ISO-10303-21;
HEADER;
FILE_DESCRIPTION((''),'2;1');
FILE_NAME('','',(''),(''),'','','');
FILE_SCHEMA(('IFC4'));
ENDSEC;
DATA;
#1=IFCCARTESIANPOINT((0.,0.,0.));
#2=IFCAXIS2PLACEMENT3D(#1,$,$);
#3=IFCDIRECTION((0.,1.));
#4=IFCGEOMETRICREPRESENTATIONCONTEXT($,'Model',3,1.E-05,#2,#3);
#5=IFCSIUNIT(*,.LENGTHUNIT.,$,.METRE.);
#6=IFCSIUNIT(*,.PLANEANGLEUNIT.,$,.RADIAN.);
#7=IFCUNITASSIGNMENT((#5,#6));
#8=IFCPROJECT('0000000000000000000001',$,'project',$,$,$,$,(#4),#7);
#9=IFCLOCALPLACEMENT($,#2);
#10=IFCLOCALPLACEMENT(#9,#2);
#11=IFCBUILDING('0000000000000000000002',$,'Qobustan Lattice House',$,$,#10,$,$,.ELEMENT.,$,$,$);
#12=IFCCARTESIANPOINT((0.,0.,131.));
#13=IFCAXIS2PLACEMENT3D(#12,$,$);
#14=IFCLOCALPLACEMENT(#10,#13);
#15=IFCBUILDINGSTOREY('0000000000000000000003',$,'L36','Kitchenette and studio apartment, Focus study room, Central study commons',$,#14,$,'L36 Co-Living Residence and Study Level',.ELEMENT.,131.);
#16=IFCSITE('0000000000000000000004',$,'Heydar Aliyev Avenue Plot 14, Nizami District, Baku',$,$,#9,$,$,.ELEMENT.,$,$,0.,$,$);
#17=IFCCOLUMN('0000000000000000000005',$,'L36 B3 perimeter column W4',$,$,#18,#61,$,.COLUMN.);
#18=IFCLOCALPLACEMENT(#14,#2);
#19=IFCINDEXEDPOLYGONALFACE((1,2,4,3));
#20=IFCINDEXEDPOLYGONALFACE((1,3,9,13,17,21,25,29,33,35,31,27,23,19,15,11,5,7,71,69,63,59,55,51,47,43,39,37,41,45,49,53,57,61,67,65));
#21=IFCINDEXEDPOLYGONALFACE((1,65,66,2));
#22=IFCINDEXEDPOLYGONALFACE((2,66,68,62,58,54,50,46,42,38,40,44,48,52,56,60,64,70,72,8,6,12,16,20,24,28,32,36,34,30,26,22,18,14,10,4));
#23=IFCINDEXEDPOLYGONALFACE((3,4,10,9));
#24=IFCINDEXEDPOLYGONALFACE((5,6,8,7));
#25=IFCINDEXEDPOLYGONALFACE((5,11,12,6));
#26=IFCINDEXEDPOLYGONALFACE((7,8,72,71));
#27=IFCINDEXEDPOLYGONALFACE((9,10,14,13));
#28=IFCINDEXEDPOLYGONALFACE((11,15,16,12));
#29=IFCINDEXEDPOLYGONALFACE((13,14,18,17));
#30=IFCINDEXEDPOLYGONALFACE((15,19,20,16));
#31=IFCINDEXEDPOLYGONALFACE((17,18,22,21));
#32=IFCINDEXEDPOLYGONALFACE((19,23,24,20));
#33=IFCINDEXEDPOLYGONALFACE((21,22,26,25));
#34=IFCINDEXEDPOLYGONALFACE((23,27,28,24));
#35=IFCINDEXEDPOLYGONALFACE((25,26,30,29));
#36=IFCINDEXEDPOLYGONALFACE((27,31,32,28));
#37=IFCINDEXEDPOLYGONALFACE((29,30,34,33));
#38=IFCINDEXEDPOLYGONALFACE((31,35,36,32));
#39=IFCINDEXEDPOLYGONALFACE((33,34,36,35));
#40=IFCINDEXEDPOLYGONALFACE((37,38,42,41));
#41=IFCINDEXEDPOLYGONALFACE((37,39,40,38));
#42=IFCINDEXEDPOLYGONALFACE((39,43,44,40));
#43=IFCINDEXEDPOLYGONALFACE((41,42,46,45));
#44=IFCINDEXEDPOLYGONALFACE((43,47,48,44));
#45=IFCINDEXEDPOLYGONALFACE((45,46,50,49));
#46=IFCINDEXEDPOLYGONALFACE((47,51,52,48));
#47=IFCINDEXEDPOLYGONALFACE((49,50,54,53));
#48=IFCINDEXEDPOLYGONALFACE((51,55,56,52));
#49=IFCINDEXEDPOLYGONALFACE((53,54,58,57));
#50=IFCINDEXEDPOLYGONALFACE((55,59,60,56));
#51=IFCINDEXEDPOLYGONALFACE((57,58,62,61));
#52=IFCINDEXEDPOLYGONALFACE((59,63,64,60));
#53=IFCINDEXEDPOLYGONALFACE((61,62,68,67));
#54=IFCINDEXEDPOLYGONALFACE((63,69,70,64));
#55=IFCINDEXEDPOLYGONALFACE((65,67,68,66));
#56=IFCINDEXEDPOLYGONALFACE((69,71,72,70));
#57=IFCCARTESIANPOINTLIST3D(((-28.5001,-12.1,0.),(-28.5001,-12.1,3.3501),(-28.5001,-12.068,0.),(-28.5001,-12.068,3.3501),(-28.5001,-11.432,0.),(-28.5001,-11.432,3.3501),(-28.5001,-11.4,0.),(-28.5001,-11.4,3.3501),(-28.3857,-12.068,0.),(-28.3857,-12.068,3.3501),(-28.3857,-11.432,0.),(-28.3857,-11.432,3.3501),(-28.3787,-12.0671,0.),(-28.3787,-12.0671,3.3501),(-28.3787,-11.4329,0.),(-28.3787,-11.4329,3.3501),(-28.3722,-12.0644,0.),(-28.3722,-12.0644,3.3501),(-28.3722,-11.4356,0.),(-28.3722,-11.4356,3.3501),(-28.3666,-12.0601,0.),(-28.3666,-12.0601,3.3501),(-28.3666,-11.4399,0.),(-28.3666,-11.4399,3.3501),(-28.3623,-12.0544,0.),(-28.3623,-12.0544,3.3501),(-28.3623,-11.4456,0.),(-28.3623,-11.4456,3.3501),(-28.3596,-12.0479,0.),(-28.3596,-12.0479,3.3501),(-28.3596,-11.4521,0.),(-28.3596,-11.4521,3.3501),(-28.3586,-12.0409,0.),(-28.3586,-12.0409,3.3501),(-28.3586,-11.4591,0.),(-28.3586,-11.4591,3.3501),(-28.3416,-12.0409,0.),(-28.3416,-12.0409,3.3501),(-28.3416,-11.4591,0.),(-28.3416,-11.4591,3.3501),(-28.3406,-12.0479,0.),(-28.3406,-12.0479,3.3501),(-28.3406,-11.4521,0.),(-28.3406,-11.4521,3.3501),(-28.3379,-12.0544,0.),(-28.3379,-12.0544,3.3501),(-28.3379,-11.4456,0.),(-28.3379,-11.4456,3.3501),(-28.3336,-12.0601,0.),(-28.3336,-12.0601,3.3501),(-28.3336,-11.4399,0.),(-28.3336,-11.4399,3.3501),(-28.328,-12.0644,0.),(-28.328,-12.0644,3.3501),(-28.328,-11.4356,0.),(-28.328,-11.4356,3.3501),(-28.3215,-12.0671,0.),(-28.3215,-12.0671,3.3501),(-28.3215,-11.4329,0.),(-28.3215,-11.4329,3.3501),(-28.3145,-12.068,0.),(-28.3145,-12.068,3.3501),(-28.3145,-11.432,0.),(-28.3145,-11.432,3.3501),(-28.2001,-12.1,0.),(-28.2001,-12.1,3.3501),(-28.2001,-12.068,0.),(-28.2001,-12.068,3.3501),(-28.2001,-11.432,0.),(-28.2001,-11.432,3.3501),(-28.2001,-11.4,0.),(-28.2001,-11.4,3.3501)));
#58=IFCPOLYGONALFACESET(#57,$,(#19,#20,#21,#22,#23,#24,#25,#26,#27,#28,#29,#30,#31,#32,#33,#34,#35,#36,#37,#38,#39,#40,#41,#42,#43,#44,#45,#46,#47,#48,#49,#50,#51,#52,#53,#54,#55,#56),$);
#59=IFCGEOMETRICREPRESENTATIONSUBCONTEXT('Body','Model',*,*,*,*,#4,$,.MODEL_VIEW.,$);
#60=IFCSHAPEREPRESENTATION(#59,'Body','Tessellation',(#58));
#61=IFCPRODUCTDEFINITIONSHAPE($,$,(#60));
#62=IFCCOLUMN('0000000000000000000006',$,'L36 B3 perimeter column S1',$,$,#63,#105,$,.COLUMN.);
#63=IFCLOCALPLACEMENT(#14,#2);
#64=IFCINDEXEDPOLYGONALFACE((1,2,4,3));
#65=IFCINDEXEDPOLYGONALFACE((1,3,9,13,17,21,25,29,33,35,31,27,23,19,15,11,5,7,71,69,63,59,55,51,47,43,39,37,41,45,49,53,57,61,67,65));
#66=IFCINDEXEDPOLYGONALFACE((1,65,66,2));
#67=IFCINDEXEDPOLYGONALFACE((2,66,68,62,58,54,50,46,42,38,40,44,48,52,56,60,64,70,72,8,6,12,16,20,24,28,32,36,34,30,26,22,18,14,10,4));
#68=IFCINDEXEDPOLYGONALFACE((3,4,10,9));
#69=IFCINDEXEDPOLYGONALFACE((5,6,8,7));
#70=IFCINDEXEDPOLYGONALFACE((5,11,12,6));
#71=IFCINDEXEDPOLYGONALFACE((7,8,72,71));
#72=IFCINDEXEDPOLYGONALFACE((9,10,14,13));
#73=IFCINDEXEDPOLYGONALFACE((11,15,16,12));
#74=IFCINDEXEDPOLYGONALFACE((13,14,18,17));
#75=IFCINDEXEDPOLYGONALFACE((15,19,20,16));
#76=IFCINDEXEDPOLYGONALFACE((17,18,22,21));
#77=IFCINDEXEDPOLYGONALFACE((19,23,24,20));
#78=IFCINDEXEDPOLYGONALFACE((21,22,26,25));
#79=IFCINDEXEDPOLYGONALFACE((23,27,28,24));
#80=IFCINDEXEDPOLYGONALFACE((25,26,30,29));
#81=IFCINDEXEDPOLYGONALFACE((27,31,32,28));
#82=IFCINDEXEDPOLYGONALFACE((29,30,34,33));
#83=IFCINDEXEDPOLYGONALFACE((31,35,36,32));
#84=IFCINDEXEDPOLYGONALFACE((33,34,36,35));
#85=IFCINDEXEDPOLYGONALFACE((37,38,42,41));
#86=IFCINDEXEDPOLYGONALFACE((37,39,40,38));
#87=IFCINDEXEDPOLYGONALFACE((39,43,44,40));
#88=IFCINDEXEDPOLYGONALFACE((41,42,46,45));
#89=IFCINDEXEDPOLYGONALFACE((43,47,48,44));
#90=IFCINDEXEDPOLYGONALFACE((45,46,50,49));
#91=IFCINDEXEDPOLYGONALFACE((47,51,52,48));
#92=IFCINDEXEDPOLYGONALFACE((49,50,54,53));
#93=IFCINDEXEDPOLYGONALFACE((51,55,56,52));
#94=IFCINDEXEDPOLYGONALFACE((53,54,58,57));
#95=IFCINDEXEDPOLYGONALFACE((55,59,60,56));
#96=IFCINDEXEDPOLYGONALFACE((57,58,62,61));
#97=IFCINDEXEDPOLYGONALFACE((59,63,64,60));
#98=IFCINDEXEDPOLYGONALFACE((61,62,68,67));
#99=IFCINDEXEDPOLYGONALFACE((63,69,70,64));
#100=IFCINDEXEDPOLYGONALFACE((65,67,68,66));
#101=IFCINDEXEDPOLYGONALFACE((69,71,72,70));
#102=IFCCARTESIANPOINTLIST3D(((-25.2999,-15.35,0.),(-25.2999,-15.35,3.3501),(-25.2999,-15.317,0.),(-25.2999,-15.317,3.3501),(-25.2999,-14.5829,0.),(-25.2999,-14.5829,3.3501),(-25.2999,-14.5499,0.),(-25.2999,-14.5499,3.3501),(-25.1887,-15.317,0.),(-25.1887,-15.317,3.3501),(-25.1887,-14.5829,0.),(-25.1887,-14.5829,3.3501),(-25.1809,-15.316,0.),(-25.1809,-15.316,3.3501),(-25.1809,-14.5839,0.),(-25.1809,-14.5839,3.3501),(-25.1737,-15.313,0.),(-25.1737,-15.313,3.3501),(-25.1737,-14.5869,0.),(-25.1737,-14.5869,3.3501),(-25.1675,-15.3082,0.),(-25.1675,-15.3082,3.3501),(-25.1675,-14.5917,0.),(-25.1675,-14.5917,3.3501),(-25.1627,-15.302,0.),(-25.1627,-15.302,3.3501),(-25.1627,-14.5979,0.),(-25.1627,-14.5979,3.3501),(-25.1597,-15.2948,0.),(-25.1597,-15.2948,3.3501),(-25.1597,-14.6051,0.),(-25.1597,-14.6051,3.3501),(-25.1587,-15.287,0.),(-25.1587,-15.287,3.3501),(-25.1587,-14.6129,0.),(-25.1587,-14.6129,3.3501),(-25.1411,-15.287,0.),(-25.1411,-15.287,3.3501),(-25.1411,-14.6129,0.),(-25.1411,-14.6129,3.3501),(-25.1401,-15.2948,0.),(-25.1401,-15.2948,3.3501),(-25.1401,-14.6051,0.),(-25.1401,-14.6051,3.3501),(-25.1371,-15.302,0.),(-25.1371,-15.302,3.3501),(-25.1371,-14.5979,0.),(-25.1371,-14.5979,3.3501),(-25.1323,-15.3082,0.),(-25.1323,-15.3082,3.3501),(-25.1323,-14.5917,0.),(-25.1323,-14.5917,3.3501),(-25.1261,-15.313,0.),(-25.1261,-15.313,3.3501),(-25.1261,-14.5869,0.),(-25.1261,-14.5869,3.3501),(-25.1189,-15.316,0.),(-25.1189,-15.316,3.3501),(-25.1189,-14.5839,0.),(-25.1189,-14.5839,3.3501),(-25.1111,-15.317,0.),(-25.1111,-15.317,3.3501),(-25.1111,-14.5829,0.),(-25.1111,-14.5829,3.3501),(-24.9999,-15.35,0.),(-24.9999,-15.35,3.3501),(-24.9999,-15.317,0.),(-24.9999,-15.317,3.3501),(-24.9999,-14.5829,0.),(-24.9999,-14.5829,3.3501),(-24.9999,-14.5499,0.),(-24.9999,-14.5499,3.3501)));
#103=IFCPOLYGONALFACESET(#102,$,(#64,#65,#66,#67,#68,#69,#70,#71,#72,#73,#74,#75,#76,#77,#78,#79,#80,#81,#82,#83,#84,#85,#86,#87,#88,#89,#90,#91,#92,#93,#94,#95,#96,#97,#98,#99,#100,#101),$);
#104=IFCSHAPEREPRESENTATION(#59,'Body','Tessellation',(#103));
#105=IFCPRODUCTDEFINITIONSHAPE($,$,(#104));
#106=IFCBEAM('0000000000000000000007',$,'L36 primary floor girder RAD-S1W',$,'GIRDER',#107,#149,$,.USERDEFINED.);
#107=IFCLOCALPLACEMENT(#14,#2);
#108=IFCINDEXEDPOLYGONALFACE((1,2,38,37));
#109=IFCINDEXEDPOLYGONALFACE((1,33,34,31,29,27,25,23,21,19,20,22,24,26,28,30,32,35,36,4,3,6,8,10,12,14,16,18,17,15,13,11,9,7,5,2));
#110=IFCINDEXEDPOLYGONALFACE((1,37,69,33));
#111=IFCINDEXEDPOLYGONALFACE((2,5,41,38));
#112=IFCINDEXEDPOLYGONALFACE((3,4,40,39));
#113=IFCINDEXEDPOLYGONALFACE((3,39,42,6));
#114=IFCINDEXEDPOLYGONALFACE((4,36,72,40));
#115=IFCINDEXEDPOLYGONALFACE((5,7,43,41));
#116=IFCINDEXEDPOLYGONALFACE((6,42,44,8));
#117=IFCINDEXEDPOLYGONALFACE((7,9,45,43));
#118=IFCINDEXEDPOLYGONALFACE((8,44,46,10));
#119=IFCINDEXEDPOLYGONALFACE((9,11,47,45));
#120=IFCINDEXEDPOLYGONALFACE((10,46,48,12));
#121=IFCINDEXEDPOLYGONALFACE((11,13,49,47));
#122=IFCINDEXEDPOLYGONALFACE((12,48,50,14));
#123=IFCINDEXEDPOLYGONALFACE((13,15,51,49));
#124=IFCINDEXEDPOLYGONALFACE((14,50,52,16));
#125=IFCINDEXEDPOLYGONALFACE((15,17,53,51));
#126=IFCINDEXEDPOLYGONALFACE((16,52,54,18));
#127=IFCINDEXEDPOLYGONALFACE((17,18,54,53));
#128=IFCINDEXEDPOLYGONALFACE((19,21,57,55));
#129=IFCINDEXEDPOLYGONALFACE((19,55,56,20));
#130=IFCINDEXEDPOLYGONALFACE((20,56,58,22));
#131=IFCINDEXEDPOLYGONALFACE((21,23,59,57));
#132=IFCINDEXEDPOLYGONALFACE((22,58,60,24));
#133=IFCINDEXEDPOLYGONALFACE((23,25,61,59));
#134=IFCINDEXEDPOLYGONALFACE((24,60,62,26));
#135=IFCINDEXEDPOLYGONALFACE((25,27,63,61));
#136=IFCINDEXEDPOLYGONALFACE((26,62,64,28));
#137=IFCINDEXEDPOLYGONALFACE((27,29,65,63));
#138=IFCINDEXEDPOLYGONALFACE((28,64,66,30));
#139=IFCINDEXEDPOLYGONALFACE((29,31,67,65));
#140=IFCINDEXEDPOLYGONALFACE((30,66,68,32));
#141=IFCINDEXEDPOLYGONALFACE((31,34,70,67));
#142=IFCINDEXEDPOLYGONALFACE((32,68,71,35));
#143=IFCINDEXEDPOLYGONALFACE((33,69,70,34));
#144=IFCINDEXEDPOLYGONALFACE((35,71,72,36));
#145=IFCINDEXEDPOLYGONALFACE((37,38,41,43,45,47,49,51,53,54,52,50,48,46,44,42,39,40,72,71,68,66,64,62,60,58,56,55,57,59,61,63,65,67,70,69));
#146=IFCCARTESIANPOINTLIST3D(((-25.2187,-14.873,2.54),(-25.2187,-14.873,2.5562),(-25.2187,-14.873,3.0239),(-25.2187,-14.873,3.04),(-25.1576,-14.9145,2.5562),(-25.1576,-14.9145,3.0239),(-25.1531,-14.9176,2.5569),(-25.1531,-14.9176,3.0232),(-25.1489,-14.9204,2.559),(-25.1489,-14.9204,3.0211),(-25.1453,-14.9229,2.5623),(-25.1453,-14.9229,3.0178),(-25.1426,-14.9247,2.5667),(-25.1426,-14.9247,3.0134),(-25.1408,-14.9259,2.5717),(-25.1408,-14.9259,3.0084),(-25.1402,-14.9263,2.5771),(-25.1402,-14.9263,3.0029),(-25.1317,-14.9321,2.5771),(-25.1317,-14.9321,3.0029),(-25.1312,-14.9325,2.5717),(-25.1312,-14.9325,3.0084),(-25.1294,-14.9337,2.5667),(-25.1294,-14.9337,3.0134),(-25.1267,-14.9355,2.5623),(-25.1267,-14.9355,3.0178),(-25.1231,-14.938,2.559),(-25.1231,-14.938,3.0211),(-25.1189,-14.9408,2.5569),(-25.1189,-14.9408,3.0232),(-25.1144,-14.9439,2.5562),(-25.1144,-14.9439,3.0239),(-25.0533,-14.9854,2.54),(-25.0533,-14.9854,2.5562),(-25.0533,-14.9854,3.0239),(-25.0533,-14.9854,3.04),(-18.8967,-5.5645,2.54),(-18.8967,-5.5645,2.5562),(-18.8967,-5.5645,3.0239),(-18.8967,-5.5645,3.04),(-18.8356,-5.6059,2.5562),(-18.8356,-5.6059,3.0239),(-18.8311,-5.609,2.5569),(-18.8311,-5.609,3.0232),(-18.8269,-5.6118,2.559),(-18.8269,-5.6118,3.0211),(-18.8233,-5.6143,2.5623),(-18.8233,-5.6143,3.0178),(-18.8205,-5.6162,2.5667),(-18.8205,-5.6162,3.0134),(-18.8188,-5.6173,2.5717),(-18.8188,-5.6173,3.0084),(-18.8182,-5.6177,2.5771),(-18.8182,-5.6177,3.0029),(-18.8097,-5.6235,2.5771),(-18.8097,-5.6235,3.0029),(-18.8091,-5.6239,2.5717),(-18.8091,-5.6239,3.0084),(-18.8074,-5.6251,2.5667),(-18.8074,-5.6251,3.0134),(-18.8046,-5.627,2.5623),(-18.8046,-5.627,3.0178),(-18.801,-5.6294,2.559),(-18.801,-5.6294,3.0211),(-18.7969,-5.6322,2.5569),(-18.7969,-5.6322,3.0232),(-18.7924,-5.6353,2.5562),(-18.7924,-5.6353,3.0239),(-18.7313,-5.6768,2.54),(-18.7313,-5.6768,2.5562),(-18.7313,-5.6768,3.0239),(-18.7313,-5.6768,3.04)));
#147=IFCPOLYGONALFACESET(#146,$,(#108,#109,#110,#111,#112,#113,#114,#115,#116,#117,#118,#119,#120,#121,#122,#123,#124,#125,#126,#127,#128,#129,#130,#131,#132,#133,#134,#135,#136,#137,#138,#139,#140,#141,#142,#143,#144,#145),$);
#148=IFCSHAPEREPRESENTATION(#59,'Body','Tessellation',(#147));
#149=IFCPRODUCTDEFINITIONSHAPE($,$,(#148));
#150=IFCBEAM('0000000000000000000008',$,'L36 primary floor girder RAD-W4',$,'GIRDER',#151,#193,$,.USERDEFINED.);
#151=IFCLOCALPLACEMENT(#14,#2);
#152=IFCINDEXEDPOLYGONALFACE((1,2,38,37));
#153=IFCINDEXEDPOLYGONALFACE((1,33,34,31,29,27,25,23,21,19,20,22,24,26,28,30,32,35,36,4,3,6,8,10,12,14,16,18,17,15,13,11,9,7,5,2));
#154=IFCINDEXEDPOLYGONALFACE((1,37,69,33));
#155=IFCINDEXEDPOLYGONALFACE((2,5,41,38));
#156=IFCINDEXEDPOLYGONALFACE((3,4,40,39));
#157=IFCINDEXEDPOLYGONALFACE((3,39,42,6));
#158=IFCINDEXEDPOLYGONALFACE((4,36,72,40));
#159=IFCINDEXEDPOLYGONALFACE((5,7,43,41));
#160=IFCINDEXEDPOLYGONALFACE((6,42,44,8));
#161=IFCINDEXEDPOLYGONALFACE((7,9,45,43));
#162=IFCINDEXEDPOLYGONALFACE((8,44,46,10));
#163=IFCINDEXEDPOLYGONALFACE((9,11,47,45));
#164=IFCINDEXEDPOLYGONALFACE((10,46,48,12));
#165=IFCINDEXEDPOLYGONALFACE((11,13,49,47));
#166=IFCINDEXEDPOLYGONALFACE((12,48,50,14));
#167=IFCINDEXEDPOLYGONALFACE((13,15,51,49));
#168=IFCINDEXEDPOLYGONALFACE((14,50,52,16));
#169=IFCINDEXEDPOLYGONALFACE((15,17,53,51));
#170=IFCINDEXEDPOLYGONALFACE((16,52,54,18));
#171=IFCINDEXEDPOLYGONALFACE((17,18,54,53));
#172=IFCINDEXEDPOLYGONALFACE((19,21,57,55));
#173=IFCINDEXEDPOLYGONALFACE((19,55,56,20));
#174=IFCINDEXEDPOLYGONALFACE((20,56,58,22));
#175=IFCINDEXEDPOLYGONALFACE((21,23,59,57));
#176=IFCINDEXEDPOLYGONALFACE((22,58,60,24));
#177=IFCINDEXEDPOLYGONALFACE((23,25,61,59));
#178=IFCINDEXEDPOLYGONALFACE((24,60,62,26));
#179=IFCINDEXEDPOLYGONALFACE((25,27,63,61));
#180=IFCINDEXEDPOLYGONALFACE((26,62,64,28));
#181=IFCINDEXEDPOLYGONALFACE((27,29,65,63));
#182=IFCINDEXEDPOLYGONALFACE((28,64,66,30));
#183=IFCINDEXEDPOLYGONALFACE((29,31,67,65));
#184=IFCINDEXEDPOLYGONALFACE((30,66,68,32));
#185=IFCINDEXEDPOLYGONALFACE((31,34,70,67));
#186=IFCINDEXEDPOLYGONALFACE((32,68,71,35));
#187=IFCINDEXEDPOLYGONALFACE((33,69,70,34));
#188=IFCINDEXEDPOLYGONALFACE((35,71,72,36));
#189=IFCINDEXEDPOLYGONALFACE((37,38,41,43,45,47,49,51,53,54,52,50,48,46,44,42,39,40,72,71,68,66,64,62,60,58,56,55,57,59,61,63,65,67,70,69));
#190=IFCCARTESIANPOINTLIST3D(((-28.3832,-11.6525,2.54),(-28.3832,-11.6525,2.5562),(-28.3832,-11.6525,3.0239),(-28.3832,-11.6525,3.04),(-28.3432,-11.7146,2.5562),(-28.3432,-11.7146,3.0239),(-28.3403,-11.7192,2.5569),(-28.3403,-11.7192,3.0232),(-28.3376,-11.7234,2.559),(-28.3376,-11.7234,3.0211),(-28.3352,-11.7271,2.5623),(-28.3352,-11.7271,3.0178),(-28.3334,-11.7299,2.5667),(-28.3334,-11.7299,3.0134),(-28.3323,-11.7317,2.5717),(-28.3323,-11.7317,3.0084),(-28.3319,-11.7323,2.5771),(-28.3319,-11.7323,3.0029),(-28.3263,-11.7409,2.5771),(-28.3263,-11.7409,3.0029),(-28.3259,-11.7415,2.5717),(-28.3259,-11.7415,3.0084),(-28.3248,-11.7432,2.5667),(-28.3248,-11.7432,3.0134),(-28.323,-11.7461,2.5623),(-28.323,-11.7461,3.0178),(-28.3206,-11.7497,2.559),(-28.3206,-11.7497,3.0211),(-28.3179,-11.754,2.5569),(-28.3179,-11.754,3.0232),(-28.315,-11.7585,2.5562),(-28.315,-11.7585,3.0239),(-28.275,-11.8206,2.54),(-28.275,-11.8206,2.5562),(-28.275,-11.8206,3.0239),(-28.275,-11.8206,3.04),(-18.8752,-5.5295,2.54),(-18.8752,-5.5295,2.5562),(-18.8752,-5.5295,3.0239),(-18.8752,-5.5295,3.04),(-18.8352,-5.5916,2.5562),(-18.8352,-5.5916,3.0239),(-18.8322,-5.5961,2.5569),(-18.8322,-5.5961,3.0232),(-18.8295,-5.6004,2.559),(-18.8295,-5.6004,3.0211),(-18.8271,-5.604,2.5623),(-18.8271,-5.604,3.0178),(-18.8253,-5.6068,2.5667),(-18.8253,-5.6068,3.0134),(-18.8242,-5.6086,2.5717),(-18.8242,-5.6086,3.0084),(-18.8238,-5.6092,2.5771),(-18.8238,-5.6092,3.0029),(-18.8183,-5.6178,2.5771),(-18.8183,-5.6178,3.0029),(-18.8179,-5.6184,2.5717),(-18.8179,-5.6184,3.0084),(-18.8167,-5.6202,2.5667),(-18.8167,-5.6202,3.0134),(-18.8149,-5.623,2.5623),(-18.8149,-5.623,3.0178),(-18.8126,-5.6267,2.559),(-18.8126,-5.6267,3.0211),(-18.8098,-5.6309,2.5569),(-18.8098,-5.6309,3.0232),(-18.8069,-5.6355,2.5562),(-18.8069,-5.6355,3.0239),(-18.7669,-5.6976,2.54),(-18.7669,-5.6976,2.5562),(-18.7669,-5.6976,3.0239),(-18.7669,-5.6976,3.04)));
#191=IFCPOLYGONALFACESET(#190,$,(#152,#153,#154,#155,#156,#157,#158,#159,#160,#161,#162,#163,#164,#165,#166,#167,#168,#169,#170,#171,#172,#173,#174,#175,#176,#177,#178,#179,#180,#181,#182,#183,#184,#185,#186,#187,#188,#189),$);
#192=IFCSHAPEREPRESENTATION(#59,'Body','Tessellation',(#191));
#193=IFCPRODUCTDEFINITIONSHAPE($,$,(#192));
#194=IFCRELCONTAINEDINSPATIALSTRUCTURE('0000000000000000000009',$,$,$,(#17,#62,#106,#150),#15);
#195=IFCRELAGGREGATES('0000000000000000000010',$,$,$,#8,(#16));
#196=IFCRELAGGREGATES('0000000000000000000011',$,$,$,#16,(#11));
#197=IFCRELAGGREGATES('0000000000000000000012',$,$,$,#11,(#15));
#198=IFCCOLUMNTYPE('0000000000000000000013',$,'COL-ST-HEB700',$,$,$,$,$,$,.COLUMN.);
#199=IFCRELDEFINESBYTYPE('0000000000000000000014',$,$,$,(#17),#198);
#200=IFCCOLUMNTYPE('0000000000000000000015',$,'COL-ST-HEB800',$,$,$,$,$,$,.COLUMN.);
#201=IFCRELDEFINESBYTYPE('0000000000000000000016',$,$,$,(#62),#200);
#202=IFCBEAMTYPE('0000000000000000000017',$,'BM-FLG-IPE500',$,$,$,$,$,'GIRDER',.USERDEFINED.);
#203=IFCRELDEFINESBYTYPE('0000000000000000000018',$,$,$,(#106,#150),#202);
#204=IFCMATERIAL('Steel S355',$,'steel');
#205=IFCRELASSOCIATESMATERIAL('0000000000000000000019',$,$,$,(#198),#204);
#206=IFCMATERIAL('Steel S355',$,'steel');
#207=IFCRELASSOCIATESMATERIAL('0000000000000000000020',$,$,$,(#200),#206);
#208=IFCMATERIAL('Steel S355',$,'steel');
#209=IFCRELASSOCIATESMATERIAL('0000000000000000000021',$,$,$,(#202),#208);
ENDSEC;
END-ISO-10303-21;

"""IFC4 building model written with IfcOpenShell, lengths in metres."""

from ifc_helpers import new_model, si_unit, direction, frame, origin, origin_2d, place, context, subcontext, project, spatial, i_section, extrude, material, material_profile, profile_set, type_object, element, save


model = new_model("IFC4")

# Units and contexts
model_context = context("Model", 3, precision=1e-05, world=origin(), true_north=direction((0.0, 1.0)))
body_context = subcontext(model_context, "Body", "Model", "MODEL_VIEW")
ifc_project = project(units=[si_unit("LENGTHUNIT", "METRE"), si_unit("PLANEANGLEUNIT", "RADIAN")], contexts=[model_context])

# Site, building, storey
site_placement = place(None, origin())
site = spatial("IfcSite", under=ifc_project, at=site_placement, Name="Heydar Aliyev Avenue Plot 14, Nizami District, Baku", CompositionType="ELEMENT", RefElevation=0.0)
building_placement = place(site_placement, origin())
building = spatial("IfcBuilding", under=site, at=building_placement, Name="Qobustan Lattice House", CompositionType="ELEMENT")
storey_placement = place(building_placement, frame((0.0, 0.0, 131.0)))
storey = spatial("IfcBuildingStorey", under=building, at=storey_placement, Name="L36", Description="Kitchenette and studio apartment, Focus study room, Central study commons", LongName="L36 Co-Living Residence and Study Level", CompositionType="ELEMENT", Elevation=131.0)

# Columns
ifc_material_1 = material(Name="Steel S355", Category="steel")
ifc_material_profile_1 = material_profile(ifc_material_1, i_section(OverallWidth=0.3, OverallDepth=0.7, WebThickness=0.0171, FlangeThickness=0.032, FilletRadius=0.0271, at=origin_2d()), Name="HEB700")
ifc_profile_set_1 = profile_set([ifc_material_profile_1], Name="Steel S355")
column_type_1 = type_object("IfcColumnType", Name="COL-ST-HEB700", PredefinedType="COLUMN", material=ifc_profile_set_1)
column_1_placement = place(storey_placement, frame((-28.3501, -11.75, 0.0), z_axis=(0.0, 0.0, 1.0), x_axis=(1.0, 0.0, 0.0)))
element("IfcColumn", 1, at=column_1_placement, inside=storey, type_object=column_type_1, Name="L36 B3 perimeter column W4", PredefinedType="COLUMN", context=body_context, shape_type="SweptSolid", body=[
    extrude(i_section(OverallWidth=0.3, OverallDepth=0.7, WebThickness=0.0171, FlangeThickness=0.032, FilletRadius=0.0271, at=origin_2d()), origin(), (0.0, 0.0, 1.0), 3.3501),
])
ifc_material_2 = material(Name="Steel S355", Category="steel")
ifc_material_profile_2 = material_profile(ifc_material_2, i_section(OverallWidth=0.3, OverallDepth=0.8, WebThickness=0.0176, FlangeThickness=0.033, FilletRadius=0.03, at=origin_2d()), Name="HEB800")
ifc_profile_set_2 = profile_set([ifc_material_profile_2], Name="Steel S355")
column_type_2 = type_object("IfcColumnType", Name="COL-ST-HEB800", PredefinedType="COLUMN", material=ifc_profile_set_2)
column_2_placement = place(storey_placement, frame((-25.1499, -14.95, 0.0), z_axis=(0.0, 0.0, 1.0), x_axis=(1.0, 0.0, 0.0)))
element("IfcColumn", 2, at=column_2_placement, inside=storey, type_object=column_type_2, Name="L36 B3 perimeter column S1", PredefinedType="COLUMN", context=body_context, shape_type="SweptSolid", body=[
    extrude(i_section(OverallWidth=0.3, OverallDepth=0.8, WebThickness=0.0176, FlangeThickness=0.033, FilletRadius=0.03, at=origin_2d()), origin(), (0.0, 0.0, 1.0), 3.3501),
])

# Beams
ifc_material_3 = material(Name="Steel S355", Category="steel")
ifc_material_profile_3 = material_profile(ifc_material_3, i_section(OverallWidth=0.2, OverallDepth=0.5, WebThickness=0.0103, FlangeThickness=0.0161, FilletRadius=0.021, at=origin_2d()), Name="IPE500")
ifc_profile_set_3 = profile_set([ifc_material_profile_3], Name="Steel S355")
beam_type_1 = type_object("IfcBeamType", Name="BM-FLG-IPE500", ElementType="GIRDER", PredefinedType="USERDEFINED", material=ifc_profile_set_3)
beam_1_placement = place(storey_placement, frame((-25.136, -14.9292, 2.79), z_axis=(0.561835, 0.82725, 0.0), x_axis=(-0.82725, 0.561835, 0.0)))
element("IfcBeam", 3, at=beam_1_placement, inside=storey, type_object=beam_type_1, Name="L36 primary floor girder RAD-S1W", ObjectType="GIRDER", PredefinedType="USERDEFINED", context=body_context, shape_type="SweptSolid", body=[
    extrude(i_section(OverallWidth=0.2, OverallDepth=0.5, WebThickness=0.0103, FlangeThickness=0.0161, FilletRadius=0.021, at=origin_2d()), origin(), (0.0, 0.0, 1.0), 11.2524),
])
beam_2_placement = place(storey_placement, frame((-28.3291, -11.7366, 2.79), z_axis=(0.840747, 0.541428, 0.0), x_axis=(-0.541428, 0.840747, 0.0)))
element("IfcBeam", 4, at=beam_2_placement, inside=storey, type_object=beam_type_1, Name="L36 primary floor girder RAD-W4", ObjectType="GIRDER", PredefinedType="USERDEFINED", context=body_context, shape_type="SweptSolid", body=[
    extrude(i_section(OverallWidth=0.2, OverallDepth=0.5, WebThickness=0.0103, FlangeThickness=0.0161, FilletRadius=0.021, at=origin_2d()), origin(), (0.0, 0.0, 1.0), 11.3091),
])

save(model, "model.ifc")
